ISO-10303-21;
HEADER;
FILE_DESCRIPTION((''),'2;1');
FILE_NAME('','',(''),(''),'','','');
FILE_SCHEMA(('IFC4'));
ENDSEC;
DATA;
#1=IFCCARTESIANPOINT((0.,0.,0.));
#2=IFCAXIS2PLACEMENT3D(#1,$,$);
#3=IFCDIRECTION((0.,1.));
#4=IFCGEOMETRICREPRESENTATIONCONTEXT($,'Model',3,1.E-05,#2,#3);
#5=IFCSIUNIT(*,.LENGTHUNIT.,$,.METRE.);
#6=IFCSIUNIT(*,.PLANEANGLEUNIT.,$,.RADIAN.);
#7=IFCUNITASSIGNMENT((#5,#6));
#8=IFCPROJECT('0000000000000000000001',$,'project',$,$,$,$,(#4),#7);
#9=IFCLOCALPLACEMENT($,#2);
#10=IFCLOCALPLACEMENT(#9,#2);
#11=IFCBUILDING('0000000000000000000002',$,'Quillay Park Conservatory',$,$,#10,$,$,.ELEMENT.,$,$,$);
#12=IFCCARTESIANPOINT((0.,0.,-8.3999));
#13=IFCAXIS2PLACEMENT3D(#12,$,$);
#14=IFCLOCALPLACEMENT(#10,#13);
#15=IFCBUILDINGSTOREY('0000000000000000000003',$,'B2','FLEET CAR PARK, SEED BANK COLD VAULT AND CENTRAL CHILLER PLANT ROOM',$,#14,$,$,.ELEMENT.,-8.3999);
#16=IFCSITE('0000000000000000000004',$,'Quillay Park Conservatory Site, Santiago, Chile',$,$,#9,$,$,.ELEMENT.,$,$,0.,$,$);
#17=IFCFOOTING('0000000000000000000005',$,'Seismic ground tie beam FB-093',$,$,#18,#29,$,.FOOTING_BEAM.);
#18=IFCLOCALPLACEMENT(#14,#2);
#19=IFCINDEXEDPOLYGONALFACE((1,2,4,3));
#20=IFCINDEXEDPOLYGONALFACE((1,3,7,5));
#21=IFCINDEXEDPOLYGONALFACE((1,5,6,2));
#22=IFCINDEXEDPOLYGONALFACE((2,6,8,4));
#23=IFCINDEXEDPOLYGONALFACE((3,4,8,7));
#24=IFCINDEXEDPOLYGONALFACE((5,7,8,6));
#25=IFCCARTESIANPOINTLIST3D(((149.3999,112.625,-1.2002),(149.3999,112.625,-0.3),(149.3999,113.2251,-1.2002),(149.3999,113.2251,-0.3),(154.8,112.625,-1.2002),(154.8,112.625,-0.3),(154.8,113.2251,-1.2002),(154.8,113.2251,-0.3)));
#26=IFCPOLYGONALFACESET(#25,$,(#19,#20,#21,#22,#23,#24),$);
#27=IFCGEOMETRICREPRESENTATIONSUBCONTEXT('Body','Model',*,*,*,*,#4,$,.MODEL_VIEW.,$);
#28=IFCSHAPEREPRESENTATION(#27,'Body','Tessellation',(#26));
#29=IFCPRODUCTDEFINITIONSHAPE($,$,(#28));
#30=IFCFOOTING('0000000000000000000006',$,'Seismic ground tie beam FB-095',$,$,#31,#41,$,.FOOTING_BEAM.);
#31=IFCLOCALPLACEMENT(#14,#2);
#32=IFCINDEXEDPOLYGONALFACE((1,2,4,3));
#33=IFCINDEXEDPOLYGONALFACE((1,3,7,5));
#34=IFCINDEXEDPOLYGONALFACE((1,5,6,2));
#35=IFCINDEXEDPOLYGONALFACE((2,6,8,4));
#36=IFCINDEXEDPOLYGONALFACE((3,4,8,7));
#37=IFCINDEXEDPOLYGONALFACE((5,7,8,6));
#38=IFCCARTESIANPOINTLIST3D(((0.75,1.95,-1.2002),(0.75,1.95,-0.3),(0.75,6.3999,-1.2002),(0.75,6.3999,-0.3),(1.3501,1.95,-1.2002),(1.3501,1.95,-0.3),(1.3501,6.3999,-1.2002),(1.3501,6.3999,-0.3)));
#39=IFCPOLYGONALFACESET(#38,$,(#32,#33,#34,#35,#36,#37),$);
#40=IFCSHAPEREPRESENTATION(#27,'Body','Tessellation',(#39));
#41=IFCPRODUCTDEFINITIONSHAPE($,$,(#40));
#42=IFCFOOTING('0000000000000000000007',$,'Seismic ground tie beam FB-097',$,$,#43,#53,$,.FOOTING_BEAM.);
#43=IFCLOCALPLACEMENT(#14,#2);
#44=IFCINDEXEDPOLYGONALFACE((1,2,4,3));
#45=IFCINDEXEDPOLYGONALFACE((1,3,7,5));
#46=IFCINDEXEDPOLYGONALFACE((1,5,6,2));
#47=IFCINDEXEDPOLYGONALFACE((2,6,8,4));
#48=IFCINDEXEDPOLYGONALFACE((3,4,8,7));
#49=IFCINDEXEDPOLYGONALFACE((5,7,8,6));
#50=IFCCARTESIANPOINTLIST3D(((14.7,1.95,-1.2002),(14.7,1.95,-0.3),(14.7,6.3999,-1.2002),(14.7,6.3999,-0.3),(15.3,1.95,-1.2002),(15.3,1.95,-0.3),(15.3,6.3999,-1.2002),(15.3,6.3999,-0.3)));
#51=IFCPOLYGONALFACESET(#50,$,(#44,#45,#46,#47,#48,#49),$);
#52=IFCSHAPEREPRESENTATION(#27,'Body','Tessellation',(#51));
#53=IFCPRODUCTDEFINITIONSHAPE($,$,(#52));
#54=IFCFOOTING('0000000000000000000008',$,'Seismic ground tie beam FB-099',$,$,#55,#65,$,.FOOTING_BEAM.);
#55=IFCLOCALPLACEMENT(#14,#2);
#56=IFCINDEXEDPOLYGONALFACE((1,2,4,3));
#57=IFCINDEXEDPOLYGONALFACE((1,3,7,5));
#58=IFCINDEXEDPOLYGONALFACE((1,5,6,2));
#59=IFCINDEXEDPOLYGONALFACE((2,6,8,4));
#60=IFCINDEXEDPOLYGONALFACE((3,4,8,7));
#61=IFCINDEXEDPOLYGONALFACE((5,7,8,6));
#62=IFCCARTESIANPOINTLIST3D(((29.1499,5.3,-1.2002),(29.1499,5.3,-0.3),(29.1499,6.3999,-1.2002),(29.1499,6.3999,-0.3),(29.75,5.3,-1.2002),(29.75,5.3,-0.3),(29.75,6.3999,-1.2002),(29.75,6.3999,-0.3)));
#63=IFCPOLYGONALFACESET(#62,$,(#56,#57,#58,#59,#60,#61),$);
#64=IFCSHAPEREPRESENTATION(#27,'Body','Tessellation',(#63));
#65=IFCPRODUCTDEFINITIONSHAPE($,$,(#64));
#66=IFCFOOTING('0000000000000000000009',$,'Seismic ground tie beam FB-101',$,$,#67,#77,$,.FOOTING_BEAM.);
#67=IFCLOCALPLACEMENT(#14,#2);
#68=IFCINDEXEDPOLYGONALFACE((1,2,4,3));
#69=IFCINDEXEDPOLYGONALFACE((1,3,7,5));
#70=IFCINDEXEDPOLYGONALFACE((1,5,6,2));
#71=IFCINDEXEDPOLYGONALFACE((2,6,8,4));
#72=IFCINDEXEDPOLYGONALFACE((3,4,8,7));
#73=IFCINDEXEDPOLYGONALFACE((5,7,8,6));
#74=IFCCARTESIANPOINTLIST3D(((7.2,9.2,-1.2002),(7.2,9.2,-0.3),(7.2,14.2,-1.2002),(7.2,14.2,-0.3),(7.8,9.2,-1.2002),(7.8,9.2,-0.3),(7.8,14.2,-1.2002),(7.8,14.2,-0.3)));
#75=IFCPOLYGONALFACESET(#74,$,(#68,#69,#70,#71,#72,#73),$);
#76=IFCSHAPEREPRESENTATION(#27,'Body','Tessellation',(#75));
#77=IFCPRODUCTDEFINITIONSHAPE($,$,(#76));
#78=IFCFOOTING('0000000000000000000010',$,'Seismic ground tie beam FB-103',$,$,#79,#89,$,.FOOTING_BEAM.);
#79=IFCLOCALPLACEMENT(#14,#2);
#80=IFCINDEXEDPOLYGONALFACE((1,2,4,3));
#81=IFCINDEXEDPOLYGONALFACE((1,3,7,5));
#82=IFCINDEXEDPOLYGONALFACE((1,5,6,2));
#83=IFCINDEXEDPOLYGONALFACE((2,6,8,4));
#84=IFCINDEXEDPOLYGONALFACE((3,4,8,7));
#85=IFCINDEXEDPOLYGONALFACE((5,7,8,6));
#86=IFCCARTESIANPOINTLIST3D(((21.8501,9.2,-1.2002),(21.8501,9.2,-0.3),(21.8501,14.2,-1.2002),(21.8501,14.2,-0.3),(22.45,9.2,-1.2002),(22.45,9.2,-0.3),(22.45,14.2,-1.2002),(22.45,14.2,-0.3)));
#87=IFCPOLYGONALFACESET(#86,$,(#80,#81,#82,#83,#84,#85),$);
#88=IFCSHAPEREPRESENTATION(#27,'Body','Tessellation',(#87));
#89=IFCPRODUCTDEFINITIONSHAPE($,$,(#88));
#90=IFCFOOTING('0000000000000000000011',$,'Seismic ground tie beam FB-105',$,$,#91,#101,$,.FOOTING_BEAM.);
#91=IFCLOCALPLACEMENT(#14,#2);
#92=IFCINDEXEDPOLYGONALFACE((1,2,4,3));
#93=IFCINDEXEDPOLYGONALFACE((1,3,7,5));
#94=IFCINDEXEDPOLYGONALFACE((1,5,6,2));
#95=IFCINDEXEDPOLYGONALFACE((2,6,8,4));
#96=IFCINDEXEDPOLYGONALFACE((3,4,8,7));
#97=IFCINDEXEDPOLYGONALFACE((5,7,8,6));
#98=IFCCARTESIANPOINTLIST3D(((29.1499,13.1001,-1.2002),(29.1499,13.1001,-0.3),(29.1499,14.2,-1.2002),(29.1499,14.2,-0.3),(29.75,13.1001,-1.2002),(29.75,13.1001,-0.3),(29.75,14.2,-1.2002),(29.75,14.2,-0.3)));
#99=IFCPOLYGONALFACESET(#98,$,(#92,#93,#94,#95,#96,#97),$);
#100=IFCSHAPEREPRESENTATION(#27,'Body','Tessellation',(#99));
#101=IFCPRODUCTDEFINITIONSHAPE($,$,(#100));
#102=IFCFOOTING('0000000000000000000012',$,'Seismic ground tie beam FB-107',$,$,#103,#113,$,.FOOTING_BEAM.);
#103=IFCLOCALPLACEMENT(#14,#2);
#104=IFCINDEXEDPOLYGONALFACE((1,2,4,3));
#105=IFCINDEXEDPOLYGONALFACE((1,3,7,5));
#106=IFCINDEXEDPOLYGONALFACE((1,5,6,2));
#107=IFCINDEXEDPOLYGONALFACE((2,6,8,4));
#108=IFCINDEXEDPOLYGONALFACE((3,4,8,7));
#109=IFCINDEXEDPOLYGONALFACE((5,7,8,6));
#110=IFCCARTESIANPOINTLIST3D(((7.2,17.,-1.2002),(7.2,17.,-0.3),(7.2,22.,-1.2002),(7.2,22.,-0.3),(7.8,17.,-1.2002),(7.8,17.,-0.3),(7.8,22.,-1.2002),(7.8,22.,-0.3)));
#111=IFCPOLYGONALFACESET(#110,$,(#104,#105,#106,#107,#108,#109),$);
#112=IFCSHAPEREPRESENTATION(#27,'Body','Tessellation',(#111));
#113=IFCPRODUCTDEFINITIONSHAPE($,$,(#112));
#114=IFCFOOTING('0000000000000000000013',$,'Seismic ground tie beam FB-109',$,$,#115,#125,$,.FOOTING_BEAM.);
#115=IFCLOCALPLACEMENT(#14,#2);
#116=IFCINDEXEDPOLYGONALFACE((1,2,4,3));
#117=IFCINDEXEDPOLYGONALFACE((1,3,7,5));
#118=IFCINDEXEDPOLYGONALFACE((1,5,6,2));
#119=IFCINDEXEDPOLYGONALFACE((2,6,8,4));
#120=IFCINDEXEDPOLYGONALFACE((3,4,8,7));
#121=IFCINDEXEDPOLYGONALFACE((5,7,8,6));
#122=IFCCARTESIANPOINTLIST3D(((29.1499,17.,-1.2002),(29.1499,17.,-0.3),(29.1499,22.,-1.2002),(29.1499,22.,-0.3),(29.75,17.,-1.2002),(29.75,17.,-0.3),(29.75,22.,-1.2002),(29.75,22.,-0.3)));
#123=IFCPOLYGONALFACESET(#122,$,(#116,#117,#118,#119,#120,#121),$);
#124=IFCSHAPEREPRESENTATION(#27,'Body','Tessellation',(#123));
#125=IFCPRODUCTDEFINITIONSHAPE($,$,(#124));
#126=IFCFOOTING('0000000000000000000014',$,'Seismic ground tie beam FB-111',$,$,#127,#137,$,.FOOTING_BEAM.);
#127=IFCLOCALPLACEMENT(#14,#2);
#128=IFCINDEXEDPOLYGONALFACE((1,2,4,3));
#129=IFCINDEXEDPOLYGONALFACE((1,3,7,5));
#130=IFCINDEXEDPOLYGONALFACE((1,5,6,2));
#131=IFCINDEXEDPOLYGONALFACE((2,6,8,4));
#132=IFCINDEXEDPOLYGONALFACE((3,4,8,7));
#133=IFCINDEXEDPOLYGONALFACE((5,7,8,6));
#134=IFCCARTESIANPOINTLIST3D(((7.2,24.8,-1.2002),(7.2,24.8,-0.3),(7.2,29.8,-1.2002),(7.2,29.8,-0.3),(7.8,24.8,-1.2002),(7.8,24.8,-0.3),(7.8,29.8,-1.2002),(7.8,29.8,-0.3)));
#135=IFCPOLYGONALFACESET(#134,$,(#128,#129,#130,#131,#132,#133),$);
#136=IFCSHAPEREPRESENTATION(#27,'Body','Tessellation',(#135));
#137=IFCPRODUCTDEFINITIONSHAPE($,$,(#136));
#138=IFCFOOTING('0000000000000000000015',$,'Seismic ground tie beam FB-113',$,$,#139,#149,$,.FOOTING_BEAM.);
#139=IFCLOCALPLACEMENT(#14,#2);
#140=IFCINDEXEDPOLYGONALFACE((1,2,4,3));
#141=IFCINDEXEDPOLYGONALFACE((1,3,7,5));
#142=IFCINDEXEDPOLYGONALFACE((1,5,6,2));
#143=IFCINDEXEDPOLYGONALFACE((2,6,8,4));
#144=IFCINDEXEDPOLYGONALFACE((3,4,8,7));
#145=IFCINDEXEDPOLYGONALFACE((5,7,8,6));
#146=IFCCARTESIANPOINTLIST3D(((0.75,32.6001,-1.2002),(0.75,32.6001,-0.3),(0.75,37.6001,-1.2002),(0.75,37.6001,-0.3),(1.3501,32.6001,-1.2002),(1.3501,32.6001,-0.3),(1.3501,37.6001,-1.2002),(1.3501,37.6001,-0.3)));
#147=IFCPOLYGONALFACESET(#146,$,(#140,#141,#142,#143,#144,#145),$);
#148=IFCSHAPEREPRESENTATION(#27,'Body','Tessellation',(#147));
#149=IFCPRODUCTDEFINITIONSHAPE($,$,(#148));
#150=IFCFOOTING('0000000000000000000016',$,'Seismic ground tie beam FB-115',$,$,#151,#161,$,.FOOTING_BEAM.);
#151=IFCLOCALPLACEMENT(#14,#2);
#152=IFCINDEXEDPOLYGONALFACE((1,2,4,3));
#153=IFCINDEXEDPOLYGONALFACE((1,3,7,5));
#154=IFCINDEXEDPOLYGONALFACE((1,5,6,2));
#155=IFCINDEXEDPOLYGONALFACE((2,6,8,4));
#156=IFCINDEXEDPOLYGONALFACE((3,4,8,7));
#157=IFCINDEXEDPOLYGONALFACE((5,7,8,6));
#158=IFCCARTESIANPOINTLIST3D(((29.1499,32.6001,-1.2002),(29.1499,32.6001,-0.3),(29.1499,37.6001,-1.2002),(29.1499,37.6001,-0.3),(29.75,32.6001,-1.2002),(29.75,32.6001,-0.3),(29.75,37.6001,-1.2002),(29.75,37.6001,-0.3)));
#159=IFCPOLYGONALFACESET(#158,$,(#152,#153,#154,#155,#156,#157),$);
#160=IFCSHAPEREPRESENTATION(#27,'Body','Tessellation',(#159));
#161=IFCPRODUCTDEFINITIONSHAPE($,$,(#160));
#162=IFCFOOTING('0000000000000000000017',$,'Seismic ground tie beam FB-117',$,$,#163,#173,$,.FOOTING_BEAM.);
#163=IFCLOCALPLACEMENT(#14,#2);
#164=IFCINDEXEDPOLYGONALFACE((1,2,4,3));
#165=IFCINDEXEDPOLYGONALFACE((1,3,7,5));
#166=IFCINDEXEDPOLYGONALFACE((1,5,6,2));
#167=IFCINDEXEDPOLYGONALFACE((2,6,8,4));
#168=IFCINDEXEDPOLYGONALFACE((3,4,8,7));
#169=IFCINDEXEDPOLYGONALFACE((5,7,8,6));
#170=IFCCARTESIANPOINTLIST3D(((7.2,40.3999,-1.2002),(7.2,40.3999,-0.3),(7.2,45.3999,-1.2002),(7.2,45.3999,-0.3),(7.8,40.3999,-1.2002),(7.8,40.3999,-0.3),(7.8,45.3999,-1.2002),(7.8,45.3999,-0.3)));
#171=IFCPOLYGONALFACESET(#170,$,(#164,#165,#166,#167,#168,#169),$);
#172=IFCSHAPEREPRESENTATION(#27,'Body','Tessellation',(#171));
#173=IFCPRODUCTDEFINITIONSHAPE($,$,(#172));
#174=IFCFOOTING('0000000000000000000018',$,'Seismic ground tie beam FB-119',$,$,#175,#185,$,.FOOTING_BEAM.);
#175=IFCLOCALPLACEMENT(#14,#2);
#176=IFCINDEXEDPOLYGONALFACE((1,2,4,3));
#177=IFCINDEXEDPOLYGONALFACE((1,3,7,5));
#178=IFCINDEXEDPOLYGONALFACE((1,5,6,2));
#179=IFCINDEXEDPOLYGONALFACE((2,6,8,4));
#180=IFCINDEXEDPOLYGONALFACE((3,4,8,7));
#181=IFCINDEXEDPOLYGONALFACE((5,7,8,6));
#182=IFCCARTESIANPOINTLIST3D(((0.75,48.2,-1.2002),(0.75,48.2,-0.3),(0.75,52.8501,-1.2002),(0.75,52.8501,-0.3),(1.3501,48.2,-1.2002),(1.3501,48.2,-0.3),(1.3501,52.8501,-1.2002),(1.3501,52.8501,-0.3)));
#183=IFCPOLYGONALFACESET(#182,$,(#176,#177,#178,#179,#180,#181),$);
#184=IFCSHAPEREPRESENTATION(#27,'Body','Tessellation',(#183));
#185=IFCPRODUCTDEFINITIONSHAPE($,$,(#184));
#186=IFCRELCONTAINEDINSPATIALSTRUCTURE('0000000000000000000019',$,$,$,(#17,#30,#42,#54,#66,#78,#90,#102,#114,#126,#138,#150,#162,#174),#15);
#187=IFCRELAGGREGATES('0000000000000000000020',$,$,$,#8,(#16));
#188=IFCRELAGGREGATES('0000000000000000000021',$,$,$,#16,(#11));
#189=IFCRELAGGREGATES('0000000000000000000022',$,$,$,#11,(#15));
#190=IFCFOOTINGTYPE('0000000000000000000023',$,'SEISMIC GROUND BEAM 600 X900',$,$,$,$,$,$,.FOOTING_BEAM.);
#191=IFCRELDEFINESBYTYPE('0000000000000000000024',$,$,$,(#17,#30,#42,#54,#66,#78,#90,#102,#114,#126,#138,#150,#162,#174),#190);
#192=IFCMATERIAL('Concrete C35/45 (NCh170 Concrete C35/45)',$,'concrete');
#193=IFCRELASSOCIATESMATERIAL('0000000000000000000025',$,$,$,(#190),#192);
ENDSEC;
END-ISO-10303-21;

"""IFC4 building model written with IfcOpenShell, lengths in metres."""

from ifc_helpers import new_model, si_unit, direction, frame, origin, place, context, subcontext, project, spatial, polyline, outline, extrude, material, type_object, element, save


model = new_model("IFC4")

# Units and contexts
model_context = context("Model", 3, precision=1e-05, world=origin(), true_north=direction((0.0, 1.0)))
body_context = subcontext(model_context, "Body", "Model", "MODEL_VIEW")
ifc_project = project(units=[si_unit("LENGTHUNIT", "METRE"), si_unit("PLANEANGLEUNIT", "RADIAN")], contexts=[model_context])

# Site, building, storey
site_placement = place(None, origin())
site = spatial("IfcSite", under=ifc_project, at=site_placement, Name="Quillay Park Conservatory Site, Santiago, Chile", CompositionType="ELEMENT", RefElevation=0.0)
building_placement = place(site_placement, origin())
building = spatial("IfcBuilding", under=site, at=building_placement, Name="Quillay Park Conservatory", CompositionType="ELEMENT")
storey_placement = place(building_placement, frame((0.0, 0.0, -8.3999)))
storey = spatial("IfcBuildingStorey", under=building, at=storey_placement, Name="B2", Description="FLEET CAR PARK, SEED BANK COLD VAULT AND CENTRAL CHILLER PLANT ROOM", CompositionType="ELEMENT", Elevation=-8.3999)

# Footings
ifc_material_1 = material(Name="Concrete C35/45 (NCh170 Concrete C35/45)", Category="concrete")
footing_type_1 = type_object("IfcFootingType", Name="SEISMIC GROUND BEAM 600 X900", PredefinedType="FOOTING_BEAM", material=ifc_material_1)
footing_1_placement = place(storey_placement, frame((0.0, 0.0, -1.2002)))
element("IfcFooting", 1, at=footing_1_placement, inside=storey, type_object=footing_type_1, Name="Seismic ground tie beam FB-093", PredefinedType="FOOTING_BEAM", context=body_context, shape_type="SweptSolid", body=[
    extrude(outline(polyline([(149.3999, 112.625), (154.8, 112.625), (154.8, 113.2251), (149.3999, 113.2251), (149.3999, 112.625)])), origin(), (0.0, 0.0, 1.0), 0.9001),
])
footing_2_placement = place(storey_placement, frame((0.0, 0.0, -1.2002)))
element("IfcFooting", 2, at=footing_2_placement, inside=storey, type_object=footing_type_1, Name="Seismic ground tie beam FB-095", PredefinedType="FOOTING_BEAM", context=body_context, shape_type="SweptSolid", body=[
    extrude(outline(polyline([(0.75, 1.95), (1.3501, 1.95), (1.3501, 6.3999), (0.75, 6.3999), (0.75, 1.95)])), origin(), (0.0, 0.0, 1.0), 0.9001),
])
footing_3_placement = place(storey_placement, frame((0.0, 0.0, -1.2002)))
element("IfcFooting", 3, at=footing_3_placement, inside=storey, type_object=footing_type_1, Name="Seismic ground tie beam FB-097", PredefinedType="FOOTING_BEAM", context=body_context, shape_type="SweptSolid", body=[
    extrude(outline(polyline([(14.7, 1.95), (15.3, 1.95), (15.3, 6.3999), (14.7, 6.3999), (14.7, 1.95)])), origin(), (0.0, 0.0, 1.0), 0.9001),
])
footing_4_placement = place(storey_placement, frame((0.0, 0.0, -1.2002)))
element("IfcFooting", 4, at=footing_4_placement, inside=storey, type_object=footing_type_1, Name="Seismic ground tie beam FB-099", PredefinedType="FOOTING_BEAM", context=body_context, shape_type="SweptSolid", body=[
    extrude(outline(polyline([(29.1499, 5.3), (29.75, 5.3), (29.75, 6.3999), (29.1499, 6.3999), (29.1499, 5.3)])), origin(), (0.0, 0.0, 1.0), 0.9001),
])
footing_5_placement = place(storey_placement, frame((0.0, 0.0, -1.2002)))
element("IfcFooting", 5, at=footing_5_placement, inside=storey, type_object=footing_type_1, Name="Seismic ground tie beam FB-101", PredefinedType="FOOTING_BEAM", context=body_context, shape_type="SweptSolid", body=[
    extrude(outline(polyline([(7.2, 9.2), (7.8, 9.2), (7.8, 14.2), (7.2, 14.2), (7.2, 9.2)])), origin(), (0.0, 0.0, 1.0), 0.9001),
])
footing_6_placement = place(storey_placement, frame((0.0, 0.0, -1.2002)))
element("IfcFooting", 6, at=footing_6_placement, inside=storey, type_object=footing_type_1, Name="Seismic ground tie beam FB-103", PredefinedType="FOOTING_BEAM", context=body_context, shape_type="SweptSolid", body=[
    extrude(outline(polyline([(21.8501, 9.2), (22.45, 9.2), (22.45, 14.2), (21.8501, 14.2), (21.8501, 9.2)])), origin(), (0.0, 0.0, 1.0), 0.9001),
])
footing_7_placement = place(storey_placement, frame((0.0, 0.0, -1.2002)))
element("IfcFooting", 7, at=footing_7_placement, inside=storey, type_object=footing_type_1, Name="Seismic ground tie beam FB-105", PredefinedType="FOOTING_BEAM", context=body_context, shape_type="SweptSolid", body=[
    extrude(outline(polyline([(29.1499, 13.1001), (29.75, 13.1001), (29.75, 14.2), (29.1499, 14.2), (29.1499, 13.1001)])), origin(), (0.0, 0.0, 1.0), 0.9001),
])
footing_8_placement = place(storey_placement, frame((0.0, 0.0, -1.2002)))
element("IfcFooting", 8, at=footing_8_placement, inside=storey, type_object=footing_type_1, Name="Seismic ground tie beam FB-107", PredefinedType="FOOTING_BEAM", context=body_context, shape_type="SweptSolid", body=[
    extrude(outline(polyline([(7.2, 17.0), (7.8, 17.0), (7.8, 22.0), (7.2, 22.0), (7.2, 17.0)])), origin(), (0.0, 0.0, 1.0), 0.9001),
])
footing_9_placement = place(storey_placement, frame((0.0, 0.0, -1.2002)))
element("IfcFooting", 9, at=footing_9_placement, inside=storey, type_object=footing_type_1, Name="Seismic ground tie beam FB-109", PredefinedType="FOOTING_BEAM", context=body_context, shape_type="SweptSolid", body=[
    extrude(outline(polyline([(29.1499, 17.0), (29.75, 17.0), (29.75, 22.0), (29.1499, 22.0), (29.1499, 17.0)])), origin(), (0.0, 0.0, 1.0), 0.9001),
])
footing_10_placement = place(storey_placement, frame((0.0, 0.0, -1.2002)))
element("IfcFooting", 10, at=footing_10_placement, inside=storey, type_object=footing_type_1, Name="Seismic ground tie beam FB-111", PredefinedType="FOOTING_BEAM", context=body_context, shape_type="SweptSolid", body=[
    extrude(outline(polyline([(7.2, 24.8), (7.8, 24.8), (7.8, 29.8), (7.2, 29.8), (7.2, 24.8)])), origin(), (0.0, 0.0, 1.0), 0.9001),
])
footing_11_placement = place(storey_placement, frame((0.0, 0.0, -1.2002)))
element("IfcFooting", 11, at=footing_11_placement, inside=storey, type_object=footing_type_1, Name="Seismic ground tie beam FB-113", PredefinedType="FOOTING_BEAM", context=body_context, shape_type="SweptSolid", body=[
    extrude(outline(polyline([(0.75, 32.6001), (1.3501, 32.6001), (1.3501, 37.6001), (0.75, 37.6001), (0.75, 32.6001)])), origin(), (0.0, 0.0, 1.0), 0.9001),
])
footing_12_placement = place(storey_placement, frame((0.0, 0.0, -1.2002)))
element("IfcFooting", 12, at=footing_12_placement, inside=storey, type_object=footing_type_1, Name="Seismic ground tie beam FB-115", PredefinedType="FOOTING_BEAM", context=body_context, shape_type="SweptSolid", body=[
    extrude(outline(polyline([(29.1499, 32.6001), (29.75, 32.6001), (29.75, 37.6001), (29.1499, 37.6001), (29.1499, 32.6001)])), origin(), (0.0, 0.0, 1.0), 0.9001),
])
footing_13_placement = place(storey_placement, frame((0.0, 0.0, -1.2002)))
element("IfcFooting", 13, at=footing_13_placement, inside=storey, type_object=footing_type_1, Name="Seismic ground tie beam FB-117", PredefinedType="FOOTING_BEAM", context=body_context, shape_type="SweptSolid", body=[
    extrude(outline(polyline([(7.2, 40.3999), (7.8, 40.3999), (7.8, 45.3999), (7.2, 45.3999), (7.2, 40.3999)])), origin(), (0.0, 0.0, 1.0), 0.9001),
])
footing_14_placement = place(storey_placement, frame((0.0, 0.0, -1.2002)))
element("IfcFooting", 14, at=footing_14_placement, inside=storey, type_object=footing_type_1, Name="Seismic ground tie beam FB-119", PredefinedType="FOOTING_BEAM", context=body_context, shape_type="SweptSolid", body=[
    extrude(outline(polyline([(0.75, 48.2), (1.3501, 48.2), (1.3501, 52.8501), (0.75, 52.8501), (0.75, 48.2)])), origin(), (0.0, 0.0, 1.0), 0.9001),
])

save(model, "model.ifc")
